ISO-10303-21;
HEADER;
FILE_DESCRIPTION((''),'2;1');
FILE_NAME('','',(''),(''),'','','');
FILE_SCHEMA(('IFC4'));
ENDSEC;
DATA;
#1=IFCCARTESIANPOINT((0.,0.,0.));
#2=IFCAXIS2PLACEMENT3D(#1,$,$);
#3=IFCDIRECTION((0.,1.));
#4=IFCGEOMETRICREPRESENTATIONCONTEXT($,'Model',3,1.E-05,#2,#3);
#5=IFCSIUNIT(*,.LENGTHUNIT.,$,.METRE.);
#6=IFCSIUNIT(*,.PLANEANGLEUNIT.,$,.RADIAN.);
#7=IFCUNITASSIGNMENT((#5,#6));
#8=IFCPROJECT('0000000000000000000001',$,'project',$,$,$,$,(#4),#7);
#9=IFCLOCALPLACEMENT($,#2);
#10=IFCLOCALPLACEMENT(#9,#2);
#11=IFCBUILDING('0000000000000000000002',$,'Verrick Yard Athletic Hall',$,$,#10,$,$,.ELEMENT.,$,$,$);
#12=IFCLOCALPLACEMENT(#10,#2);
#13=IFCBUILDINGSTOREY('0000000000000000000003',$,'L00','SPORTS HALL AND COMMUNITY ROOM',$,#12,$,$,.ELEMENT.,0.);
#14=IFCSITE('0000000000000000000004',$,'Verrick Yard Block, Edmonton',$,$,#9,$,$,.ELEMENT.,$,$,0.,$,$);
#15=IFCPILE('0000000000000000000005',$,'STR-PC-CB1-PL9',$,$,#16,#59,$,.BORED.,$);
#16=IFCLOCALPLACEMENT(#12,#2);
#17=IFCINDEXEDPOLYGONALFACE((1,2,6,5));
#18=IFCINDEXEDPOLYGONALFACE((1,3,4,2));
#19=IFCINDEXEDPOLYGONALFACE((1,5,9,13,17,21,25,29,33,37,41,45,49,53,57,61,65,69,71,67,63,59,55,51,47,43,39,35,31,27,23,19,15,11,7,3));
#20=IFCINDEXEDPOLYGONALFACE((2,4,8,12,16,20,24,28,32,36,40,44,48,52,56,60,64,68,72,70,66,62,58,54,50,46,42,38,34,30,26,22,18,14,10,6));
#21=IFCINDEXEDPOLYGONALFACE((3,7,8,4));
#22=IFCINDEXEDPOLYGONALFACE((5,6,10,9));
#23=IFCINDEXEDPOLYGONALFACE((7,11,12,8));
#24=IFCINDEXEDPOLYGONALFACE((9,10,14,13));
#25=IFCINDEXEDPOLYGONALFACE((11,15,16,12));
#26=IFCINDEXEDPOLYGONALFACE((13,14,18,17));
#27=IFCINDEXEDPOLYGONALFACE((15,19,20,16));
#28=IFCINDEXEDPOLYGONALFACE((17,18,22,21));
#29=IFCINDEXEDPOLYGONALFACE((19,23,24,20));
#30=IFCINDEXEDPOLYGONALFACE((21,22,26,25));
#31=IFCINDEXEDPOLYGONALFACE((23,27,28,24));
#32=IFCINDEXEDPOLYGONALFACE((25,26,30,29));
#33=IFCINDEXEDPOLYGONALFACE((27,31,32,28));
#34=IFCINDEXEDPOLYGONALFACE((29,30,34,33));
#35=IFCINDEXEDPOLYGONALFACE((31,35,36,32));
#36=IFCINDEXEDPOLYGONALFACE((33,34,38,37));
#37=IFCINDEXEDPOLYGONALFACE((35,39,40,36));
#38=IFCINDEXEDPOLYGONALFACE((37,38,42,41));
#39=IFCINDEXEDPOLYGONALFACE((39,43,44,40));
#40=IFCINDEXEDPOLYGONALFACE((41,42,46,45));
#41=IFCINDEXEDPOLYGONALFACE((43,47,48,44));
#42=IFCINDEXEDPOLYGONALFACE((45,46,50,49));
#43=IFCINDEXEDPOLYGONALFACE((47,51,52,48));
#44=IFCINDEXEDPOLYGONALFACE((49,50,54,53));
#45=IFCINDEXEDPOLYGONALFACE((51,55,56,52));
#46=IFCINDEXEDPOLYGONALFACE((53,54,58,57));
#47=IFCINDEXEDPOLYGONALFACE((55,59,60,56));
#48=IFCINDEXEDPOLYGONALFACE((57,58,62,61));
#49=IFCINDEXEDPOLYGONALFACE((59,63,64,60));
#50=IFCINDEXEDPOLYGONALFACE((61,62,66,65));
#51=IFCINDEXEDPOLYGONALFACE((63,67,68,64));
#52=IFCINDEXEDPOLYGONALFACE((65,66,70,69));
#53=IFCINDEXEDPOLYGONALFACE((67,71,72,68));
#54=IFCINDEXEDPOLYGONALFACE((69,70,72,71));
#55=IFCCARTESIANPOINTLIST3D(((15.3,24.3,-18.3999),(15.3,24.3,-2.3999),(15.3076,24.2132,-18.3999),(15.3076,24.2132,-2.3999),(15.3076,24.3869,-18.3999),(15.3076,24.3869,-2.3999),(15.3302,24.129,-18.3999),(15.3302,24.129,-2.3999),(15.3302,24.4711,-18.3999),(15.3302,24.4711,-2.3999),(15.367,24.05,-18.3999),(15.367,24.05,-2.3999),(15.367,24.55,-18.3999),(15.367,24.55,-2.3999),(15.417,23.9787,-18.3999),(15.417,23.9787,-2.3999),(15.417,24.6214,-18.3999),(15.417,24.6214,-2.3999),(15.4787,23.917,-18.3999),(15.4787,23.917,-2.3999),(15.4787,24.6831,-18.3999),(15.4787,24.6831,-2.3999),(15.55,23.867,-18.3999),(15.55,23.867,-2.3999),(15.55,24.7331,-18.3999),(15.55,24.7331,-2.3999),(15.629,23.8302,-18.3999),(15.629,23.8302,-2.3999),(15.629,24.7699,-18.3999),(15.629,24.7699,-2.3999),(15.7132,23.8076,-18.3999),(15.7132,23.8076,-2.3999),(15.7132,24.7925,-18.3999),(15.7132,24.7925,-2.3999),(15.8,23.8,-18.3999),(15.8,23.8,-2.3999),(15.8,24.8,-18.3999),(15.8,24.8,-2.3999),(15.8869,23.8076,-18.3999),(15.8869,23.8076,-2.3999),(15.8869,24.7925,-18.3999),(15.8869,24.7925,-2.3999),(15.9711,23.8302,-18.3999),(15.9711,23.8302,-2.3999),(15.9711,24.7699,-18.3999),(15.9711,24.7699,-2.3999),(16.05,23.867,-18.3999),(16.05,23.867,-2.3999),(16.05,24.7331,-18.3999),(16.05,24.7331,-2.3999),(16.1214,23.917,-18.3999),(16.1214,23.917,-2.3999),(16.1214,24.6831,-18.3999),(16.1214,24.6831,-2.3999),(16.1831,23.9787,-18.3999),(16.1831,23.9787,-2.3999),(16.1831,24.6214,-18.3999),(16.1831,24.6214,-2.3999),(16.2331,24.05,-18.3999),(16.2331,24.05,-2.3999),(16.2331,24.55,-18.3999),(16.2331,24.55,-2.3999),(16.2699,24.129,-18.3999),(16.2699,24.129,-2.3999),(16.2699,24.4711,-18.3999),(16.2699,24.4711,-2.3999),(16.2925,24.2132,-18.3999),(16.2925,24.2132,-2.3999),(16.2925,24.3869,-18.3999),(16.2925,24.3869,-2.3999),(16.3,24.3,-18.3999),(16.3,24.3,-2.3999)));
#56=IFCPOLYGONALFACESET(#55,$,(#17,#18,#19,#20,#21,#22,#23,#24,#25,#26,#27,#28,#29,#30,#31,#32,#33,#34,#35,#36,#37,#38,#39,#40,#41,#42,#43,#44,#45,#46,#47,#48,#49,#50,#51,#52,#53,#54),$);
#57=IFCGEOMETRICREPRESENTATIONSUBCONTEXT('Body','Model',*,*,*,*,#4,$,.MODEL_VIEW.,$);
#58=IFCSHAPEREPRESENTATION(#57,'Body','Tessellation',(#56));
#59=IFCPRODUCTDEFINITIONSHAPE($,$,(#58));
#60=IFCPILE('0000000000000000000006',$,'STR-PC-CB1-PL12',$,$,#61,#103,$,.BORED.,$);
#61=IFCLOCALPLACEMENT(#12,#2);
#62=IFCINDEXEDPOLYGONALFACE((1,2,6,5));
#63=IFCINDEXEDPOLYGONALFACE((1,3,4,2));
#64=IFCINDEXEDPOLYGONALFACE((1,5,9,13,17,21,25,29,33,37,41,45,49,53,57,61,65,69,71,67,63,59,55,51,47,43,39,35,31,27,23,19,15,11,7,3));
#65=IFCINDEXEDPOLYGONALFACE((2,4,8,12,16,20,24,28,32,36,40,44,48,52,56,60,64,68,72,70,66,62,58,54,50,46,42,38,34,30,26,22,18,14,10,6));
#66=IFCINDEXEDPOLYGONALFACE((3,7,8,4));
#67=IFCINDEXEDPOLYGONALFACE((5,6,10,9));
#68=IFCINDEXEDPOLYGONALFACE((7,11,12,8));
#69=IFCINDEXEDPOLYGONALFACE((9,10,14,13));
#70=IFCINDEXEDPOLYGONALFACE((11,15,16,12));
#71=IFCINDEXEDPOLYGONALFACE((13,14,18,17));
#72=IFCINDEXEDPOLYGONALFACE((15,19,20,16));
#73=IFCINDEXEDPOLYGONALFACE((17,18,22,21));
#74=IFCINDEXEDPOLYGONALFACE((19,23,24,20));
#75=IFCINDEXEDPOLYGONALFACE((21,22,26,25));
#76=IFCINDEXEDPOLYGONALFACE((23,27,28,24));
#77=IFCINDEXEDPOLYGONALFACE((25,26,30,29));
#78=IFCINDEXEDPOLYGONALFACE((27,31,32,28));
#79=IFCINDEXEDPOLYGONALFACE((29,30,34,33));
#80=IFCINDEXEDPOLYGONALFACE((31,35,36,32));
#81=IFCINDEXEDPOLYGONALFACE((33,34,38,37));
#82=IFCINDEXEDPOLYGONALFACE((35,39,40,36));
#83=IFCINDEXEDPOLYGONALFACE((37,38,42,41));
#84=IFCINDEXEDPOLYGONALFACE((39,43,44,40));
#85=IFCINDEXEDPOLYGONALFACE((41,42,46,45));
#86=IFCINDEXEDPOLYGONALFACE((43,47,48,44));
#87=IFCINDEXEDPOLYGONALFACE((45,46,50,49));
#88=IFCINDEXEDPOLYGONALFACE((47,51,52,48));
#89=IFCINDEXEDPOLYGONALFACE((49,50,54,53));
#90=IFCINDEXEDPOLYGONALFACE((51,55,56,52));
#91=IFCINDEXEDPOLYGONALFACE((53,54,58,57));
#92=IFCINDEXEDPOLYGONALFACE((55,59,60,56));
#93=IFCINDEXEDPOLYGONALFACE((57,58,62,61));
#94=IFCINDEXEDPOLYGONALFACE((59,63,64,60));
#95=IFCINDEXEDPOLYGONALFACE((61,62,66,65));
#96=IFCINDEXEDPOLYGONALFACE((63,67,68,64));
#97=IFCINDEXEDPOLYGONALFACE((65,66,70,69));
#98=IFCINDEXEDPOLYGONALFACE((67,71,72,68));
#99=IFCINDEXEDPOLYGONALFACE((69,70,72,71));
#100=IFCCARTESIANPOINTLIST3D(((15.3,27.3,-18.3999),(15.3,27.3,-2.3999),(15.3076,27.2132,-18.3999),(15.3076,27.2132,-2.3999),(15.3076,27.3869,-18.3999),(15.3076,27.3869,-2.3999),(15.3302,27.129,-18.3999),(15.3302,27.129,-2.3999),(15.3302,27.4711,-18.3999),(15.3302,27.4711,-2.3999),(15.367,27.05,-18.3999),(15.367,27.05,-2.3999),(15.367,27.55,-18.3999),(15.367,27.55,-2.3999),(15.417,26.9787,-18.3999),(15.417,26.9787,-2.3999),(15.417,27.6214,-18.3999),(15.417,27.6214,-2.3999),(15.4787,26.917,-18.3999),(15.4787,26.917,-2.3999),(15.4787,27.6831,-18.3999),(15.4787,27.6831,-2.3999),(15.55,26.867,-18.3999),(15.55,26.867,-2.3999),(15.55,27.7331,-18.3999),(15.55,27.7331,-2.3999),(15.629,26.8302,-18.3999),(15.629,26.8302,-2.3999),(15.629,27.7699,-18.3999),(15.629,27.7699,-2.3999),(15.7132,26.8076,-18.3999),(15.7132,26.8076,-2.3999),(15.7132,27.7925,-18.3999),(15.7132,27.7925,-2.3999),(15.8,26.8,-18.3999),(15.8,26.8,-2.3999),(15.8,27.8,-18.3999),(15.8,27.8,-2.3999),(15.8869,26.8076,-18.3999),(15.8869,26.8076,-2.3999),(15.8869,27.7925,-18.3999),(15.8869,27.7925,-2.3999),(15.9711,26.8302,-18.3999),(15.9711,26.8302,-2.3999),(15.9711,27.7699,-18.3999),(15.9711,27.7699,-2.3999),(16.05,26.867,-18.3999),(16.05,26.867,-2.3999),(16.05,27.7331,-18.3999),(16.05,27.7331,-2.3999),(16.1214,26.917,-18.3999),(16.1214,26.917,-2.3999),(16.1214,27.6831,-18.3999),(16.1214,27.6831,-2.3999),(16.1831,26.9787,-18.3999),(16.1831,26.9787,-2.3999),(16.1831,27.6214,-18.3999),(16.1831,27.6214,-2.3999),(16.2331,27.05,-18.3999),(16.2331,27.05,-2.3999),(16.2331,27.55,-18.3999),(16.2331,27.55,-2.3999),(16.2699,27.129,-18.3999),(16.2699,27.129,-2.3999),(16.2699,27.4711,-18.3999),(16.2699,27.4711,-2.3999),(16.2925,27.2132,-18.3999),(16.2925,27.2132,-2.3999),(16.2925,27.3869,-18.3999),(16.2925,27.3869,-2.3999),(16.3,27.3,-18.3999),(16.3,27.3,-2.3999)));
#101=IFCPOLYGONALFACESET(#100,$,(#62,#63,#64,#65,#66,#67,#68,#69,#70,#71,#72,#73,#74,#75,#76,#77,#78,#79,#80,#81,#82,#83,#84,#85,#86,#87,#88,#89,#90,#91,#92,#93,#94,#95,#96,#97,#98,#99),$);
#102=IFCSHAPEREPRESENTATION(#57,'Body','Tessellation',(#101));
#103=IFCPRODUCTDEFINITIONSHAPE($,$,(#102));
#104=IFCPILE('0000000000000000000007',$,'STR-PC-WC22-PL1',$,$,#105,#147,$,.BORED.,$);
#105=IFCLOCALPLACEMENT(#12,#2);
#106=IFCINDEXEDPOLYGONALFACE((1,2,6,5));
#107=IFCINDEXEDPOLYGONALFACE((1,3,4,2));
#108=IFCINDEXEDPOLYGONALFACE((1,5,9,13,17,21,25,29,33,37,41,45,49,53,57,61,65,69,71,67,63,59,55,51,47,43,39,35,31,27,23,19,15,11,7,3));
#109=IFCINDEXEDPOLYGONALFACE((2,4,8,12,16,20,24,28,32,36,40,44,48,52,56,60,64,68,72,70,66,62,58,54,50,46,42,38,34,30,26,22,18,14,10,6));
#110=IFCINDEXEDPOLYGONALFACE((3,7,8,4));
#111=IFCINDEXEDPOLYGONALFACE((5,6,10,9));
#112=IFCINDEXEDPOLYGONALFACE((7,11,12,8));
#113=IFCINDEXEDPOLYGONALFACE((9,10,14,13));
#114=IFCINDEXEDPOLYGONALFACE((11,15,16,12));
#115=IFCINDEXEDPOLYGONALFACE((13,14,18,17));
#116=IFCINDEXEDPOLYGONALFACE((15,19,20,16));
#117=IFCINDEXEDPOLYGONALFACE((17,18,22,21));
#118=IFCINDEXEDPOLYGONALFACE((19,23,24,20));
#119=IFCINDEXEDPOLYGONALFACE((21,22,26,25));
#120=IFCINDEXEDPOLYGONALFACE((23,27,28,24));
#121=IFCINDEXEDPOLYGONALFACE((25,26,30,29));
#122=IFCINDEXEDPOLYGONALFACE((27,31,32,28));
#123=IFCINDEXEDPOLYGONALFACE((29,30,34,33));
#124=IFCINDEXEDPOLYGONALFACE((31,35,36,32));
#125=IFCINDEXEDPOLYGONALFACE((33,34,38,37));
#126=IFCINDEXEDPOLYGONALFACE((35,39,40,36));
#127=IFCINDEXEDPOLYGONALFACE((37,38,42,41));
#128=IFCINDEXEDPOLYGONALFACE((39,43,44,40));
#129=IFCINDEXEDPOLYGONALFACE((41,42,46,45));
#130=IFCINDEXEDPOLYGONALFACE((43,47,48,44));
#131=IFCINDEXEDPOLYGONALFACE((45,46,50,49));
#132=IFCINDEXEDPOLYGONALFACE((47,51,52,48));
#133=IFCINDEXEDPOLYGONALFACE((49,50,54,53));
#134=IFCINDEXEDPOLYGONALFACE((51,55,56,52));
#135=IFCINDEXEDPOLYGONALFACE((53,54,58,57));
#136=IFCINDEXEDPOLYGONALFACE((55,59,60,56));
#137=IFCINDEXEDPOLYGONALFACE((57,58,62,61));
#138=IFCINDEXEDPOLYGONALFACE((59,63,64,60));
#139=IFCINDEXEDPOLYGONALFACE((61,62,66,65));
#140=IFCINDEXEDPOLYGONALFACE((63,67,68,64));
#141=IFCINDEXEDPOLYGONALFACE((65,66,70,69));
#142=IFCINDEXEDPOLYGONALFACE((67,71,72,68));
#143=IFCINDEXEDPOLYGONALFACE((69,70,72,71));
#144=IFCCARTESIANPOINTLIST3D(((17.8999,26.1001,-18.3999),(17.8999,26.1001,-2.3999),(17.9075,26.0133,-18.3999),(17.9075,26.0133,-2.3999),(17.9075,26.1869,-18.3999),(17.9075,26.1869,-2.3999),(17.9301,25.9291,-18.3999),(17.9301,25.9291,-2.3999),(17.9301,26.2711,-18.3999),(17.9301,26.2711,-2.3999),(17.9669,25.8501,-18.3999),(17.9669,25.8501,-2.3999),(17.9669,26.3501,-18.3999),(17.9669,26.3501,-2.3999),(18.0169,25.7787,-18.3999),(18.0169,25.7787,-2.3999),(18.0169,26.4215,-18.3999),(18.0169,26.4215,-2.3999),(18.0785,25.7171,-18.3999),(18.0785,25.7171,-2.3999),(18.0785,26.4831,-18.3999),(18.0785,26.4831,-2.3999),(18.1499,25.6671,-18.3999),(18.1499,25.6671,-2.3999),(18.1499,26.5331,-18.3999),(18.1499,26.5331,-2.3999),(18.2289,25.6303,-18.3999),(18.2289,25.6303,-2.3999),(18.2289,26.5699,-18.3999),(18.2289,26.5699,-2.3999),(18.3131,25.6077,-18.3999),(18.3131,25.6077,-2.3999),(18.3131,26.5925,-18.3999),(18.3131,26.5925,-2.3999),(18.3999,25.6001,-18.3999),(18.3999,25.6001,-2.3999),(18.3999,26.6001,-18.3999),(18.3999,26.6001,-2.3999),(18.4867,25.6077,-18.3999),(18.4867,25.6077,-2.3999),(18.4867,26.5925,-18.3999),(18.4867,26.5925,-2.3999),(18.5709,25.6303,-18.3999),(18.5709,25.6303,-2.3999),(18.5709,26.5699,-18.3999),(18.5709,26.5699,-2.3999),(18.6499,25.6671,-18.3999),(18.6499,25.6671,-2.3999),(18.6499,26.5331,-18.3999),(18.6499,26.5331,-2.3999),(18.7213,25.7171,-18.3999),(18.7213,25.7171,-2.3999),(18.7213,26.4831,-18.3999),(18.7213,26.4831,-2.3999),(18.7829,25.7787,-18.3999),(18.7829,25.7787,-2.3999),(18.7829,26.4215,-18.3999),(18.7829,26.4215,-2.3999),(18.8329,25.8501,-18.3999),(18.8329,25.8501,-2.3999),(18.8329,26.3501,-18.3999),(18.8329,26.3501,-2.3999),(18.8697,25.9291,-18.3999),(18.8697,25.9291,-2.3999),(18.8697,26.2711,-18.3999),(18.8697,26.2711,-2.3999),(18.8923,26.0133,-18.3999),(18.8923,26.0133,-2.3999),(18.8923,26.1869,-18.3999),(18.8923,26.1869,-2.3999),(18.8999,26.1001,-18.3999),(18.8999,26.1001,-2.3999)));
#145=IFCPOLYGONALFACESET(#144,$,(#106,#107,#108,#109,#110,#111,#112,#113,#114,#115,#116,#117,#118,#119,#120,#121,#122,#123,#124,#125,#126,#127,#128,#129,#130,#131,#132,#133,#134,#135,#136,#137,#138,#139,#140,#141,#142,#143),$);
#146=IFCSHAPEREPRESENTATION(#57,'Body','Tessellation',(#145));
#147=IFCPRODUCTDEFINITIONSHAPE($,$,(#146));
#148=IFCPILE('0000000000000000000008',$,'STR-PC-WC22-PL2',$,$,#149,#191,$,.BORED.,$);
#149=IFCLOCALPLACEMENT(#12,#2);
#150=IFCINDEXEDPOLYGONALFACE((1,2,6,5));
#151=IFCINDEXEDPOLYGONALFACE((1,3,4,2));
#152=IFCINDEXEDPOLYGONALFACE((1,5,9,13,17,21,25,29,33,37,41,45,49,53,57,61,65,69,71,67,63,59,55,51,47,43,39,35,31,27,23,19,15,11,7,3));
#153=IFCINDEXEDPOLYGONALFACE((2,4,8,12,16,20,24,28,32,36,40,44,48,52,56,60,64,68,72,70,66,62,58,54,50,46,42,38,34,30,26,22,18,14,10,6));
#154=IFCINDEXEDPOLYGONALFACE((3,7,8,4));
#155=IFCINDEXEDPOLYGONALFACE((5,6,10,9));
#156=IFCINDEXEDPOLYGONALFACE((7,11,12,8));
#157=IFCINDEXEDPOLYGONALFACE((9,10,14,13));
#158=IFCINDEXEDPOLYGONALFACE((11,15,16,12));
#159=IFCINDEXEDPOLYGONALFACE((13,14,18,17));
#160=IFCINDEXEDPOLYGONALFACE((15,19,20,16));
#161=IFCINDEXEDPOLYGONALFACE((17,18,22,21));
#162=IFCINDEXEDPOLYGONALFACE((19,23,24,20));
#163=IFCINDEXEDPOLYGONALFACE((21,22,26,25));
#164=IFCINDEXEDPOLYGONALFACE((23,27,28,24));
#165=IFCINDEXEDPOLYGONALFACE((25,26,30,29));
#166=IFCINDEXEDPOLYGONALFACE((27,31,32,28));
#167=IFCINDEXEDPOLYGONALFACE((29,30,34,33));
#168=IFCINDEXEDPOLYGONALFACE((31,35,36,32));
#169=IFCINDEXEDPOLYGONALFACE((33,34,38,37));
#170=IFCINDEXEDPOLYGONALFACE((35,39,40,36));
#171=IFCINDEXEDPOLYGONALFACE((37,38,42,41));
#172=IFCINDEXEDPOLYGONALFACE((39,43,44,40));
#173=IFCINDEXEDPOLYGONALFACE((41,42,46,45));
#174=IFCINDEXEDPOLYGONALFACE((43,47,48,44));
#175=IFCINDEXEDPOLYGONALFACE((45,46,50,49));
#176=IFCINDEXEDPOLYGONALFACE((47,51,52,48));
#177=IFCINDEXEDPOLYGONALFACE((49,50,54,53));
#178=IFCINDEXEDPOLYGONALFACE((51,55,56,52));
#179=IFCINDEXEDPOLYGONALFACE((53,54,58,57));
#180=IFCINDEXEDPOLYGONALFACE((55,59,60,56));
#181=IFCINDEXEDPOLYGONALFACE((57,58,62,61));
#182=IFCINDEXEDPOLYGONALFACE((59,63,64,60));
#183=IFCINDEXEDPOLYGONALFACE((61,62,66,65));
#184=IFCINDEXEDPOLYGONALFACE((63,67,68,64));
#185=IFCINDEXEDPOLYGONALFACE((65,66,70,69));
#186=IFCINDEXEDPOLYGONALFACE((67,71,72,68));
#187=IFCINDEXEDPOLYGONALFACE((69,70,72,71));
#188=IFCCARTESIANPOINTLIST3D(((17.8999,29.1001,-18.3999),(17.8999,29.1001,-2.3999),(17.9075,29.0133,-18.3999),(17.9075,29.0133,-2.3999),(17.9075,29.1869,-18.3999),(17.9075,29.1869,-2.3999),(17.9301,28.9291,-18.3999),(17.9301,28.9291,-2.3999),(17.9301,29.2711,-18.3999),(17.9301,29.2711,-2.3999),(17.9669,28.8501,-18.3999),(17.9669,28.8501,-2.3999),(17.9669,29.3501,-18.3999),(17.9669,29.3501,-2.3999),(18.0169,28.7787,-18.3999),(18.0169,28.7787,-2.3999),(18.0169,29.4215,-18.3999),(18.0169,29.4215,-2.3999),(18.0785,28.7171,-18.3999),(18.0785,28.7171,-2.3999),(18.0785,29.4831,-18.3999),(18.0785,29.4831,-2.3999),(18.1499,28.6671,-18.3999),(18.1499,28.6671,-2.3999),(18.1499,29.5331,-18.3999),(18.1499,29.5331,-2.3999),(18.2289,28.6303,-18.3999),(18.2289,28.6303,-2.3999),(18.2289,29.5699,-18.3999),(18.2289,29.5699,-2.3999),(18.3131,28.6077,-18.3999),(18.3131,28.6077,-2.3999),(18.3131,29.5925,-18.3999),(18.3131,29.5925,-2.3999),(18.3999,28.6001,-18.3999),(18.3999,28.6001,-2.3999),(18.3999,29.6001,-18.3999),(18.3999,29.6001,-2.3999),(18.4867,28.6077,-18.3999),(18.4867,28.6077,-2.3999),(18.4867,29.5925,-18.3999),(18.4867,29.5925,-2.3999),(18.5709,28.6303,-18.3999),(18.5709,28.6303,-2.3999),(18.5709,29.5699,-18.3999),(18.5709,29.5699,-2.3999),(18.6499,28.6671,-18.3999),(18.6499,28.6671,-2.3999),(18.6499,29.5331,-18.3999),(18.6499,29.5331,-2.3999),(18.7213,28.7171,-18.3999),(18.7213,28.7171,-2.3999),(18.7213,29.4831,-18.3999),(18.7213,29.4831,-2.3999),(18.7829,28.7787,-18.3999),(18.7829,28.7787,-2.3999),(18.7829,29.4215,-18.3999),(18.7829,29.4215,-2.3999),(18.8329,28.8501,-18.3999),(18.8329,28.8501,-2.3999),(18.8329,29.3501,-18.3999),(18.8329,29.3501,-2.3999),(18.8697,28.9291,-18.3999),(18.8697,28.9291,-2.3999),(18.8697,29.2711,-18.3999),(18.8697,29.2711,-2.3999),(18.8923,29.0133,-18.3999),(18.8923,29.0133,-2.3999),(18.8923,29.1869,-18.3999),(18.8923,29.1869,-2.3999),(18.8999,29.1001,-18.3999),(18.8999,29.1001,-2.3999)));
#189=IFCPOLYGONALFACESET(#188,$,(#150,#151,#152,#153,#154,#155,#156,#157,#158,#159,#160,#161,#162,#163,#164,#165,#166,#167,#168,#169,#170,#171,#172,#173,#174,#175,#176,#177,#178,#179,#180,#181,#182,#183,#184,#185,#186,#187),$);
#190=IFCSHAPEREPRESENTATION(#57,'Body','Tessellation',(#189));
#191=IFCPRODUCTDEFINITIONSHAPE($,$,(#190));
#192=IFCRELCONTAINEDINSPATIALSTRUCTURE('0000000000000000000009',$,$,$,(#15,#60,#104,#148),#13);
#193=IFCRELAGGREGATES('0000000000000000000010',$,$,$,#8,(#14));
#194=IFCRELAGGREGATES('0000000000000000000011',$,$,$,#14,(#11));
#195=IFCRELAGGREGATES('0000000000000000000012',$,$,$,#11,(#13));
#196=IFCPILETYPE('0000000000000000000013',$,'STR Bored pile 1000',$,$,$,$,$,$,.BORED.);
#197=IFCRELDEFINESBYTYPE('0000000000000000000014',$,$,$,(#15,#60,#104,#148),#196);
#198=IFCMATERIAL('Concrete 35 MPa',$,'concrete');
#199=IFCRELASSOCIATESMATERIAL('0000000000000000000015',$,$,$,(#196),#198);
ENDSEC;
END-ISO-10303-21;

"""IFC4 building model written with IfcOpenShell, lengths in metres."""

from ifc_helpers import new_model, si_unit, direction, frame, origin, origin_2d, place, context, subcontext, project, spatial, circle, extrude, material, type_object, element, save


model = new_model("IFC4")

# Units and contexts
model_context = context("Model", 3, precision=1e-05, world=origin(), true_north=direction((0.0, 1.0)))
body_context = subcontext(model_context, "Body", "Model", "MODEL_VIEW")
ifc_project = project(units=[si_unit("LENGTHUNIT", "METRE"), si_unit("PLANEANGLEUNIT", "RADIAN")], contexts=[model_context])

# Site, building, storey
site_placement = place(None, origin())
site = spatial("IfcSite", under=ifc_project, at=site_placement, Name="Verrick Yard Block, Edmonton", CompositionType="ELEMENT", RefElevation=0.0)
building_placement = place(site_placement, origin())
building = spatial("IfcBuilding", under=site, at=building_placement, Name="Verrick Yard Athletic Hall", CompositionType="ELEMENT")
storey_placement = place(building_placement, origin())
storey = spatial("IfcBuildingStorey", under=building, at=storey_placement, Name="L00", Description="SPORTS HALL AND COMMUNITY ROOM", CompositionType="ELEMENT", Elevation=0.0)

# Piles
ifc_material_1 = material(Name="Concrete 35 MPa", Category="concrete")
pile_type = type_object("IfcPileType", Name="STR Bored pile 1000", PredefinedType="BORED", material=ifc_material_1)
for number, where, z_axis, x_axis, name in (
    (1, (15.8, 24.3, -2.3999), (0.0, 0.0, -1.0), (1.0, 0.0, 0.0), "STR-PC-CB1-PL9"),
    (2, (15.8, 27.3, -2.3999), (0.0, 0.0, -1.0), (1.0, 0.0, 0.0), "STR-PC-CB1-PL12"),
    (3, (18.3999, 26.1001, -2.3999), (0.0, 0.0, -1.0), (1.0, 0.0, 0.0), "STR-PC-WC22-PL1"),
    (4, (18.3999, 29.1001, -2.3999), (0.0, 0.0, -1.0), (1.0, 0.0, 0.0), "STR-PC-WC22-PL2"),
):
    element("IfcPile", number, at=place(storey_placement, frame(where, z_axis=z_axis, x_axis=x_axis)), inside=storey, type_object=pile_type, Name=name, PredefinedType="BORED", context=body_context, shape_type="SweptSolid", body=[
        extrude(circle(Radius=0.5, at=origin_2d()), origin(), (0.0, 0.0, 1.0), 16.0),
    ])

save(model, "model.ifc")
